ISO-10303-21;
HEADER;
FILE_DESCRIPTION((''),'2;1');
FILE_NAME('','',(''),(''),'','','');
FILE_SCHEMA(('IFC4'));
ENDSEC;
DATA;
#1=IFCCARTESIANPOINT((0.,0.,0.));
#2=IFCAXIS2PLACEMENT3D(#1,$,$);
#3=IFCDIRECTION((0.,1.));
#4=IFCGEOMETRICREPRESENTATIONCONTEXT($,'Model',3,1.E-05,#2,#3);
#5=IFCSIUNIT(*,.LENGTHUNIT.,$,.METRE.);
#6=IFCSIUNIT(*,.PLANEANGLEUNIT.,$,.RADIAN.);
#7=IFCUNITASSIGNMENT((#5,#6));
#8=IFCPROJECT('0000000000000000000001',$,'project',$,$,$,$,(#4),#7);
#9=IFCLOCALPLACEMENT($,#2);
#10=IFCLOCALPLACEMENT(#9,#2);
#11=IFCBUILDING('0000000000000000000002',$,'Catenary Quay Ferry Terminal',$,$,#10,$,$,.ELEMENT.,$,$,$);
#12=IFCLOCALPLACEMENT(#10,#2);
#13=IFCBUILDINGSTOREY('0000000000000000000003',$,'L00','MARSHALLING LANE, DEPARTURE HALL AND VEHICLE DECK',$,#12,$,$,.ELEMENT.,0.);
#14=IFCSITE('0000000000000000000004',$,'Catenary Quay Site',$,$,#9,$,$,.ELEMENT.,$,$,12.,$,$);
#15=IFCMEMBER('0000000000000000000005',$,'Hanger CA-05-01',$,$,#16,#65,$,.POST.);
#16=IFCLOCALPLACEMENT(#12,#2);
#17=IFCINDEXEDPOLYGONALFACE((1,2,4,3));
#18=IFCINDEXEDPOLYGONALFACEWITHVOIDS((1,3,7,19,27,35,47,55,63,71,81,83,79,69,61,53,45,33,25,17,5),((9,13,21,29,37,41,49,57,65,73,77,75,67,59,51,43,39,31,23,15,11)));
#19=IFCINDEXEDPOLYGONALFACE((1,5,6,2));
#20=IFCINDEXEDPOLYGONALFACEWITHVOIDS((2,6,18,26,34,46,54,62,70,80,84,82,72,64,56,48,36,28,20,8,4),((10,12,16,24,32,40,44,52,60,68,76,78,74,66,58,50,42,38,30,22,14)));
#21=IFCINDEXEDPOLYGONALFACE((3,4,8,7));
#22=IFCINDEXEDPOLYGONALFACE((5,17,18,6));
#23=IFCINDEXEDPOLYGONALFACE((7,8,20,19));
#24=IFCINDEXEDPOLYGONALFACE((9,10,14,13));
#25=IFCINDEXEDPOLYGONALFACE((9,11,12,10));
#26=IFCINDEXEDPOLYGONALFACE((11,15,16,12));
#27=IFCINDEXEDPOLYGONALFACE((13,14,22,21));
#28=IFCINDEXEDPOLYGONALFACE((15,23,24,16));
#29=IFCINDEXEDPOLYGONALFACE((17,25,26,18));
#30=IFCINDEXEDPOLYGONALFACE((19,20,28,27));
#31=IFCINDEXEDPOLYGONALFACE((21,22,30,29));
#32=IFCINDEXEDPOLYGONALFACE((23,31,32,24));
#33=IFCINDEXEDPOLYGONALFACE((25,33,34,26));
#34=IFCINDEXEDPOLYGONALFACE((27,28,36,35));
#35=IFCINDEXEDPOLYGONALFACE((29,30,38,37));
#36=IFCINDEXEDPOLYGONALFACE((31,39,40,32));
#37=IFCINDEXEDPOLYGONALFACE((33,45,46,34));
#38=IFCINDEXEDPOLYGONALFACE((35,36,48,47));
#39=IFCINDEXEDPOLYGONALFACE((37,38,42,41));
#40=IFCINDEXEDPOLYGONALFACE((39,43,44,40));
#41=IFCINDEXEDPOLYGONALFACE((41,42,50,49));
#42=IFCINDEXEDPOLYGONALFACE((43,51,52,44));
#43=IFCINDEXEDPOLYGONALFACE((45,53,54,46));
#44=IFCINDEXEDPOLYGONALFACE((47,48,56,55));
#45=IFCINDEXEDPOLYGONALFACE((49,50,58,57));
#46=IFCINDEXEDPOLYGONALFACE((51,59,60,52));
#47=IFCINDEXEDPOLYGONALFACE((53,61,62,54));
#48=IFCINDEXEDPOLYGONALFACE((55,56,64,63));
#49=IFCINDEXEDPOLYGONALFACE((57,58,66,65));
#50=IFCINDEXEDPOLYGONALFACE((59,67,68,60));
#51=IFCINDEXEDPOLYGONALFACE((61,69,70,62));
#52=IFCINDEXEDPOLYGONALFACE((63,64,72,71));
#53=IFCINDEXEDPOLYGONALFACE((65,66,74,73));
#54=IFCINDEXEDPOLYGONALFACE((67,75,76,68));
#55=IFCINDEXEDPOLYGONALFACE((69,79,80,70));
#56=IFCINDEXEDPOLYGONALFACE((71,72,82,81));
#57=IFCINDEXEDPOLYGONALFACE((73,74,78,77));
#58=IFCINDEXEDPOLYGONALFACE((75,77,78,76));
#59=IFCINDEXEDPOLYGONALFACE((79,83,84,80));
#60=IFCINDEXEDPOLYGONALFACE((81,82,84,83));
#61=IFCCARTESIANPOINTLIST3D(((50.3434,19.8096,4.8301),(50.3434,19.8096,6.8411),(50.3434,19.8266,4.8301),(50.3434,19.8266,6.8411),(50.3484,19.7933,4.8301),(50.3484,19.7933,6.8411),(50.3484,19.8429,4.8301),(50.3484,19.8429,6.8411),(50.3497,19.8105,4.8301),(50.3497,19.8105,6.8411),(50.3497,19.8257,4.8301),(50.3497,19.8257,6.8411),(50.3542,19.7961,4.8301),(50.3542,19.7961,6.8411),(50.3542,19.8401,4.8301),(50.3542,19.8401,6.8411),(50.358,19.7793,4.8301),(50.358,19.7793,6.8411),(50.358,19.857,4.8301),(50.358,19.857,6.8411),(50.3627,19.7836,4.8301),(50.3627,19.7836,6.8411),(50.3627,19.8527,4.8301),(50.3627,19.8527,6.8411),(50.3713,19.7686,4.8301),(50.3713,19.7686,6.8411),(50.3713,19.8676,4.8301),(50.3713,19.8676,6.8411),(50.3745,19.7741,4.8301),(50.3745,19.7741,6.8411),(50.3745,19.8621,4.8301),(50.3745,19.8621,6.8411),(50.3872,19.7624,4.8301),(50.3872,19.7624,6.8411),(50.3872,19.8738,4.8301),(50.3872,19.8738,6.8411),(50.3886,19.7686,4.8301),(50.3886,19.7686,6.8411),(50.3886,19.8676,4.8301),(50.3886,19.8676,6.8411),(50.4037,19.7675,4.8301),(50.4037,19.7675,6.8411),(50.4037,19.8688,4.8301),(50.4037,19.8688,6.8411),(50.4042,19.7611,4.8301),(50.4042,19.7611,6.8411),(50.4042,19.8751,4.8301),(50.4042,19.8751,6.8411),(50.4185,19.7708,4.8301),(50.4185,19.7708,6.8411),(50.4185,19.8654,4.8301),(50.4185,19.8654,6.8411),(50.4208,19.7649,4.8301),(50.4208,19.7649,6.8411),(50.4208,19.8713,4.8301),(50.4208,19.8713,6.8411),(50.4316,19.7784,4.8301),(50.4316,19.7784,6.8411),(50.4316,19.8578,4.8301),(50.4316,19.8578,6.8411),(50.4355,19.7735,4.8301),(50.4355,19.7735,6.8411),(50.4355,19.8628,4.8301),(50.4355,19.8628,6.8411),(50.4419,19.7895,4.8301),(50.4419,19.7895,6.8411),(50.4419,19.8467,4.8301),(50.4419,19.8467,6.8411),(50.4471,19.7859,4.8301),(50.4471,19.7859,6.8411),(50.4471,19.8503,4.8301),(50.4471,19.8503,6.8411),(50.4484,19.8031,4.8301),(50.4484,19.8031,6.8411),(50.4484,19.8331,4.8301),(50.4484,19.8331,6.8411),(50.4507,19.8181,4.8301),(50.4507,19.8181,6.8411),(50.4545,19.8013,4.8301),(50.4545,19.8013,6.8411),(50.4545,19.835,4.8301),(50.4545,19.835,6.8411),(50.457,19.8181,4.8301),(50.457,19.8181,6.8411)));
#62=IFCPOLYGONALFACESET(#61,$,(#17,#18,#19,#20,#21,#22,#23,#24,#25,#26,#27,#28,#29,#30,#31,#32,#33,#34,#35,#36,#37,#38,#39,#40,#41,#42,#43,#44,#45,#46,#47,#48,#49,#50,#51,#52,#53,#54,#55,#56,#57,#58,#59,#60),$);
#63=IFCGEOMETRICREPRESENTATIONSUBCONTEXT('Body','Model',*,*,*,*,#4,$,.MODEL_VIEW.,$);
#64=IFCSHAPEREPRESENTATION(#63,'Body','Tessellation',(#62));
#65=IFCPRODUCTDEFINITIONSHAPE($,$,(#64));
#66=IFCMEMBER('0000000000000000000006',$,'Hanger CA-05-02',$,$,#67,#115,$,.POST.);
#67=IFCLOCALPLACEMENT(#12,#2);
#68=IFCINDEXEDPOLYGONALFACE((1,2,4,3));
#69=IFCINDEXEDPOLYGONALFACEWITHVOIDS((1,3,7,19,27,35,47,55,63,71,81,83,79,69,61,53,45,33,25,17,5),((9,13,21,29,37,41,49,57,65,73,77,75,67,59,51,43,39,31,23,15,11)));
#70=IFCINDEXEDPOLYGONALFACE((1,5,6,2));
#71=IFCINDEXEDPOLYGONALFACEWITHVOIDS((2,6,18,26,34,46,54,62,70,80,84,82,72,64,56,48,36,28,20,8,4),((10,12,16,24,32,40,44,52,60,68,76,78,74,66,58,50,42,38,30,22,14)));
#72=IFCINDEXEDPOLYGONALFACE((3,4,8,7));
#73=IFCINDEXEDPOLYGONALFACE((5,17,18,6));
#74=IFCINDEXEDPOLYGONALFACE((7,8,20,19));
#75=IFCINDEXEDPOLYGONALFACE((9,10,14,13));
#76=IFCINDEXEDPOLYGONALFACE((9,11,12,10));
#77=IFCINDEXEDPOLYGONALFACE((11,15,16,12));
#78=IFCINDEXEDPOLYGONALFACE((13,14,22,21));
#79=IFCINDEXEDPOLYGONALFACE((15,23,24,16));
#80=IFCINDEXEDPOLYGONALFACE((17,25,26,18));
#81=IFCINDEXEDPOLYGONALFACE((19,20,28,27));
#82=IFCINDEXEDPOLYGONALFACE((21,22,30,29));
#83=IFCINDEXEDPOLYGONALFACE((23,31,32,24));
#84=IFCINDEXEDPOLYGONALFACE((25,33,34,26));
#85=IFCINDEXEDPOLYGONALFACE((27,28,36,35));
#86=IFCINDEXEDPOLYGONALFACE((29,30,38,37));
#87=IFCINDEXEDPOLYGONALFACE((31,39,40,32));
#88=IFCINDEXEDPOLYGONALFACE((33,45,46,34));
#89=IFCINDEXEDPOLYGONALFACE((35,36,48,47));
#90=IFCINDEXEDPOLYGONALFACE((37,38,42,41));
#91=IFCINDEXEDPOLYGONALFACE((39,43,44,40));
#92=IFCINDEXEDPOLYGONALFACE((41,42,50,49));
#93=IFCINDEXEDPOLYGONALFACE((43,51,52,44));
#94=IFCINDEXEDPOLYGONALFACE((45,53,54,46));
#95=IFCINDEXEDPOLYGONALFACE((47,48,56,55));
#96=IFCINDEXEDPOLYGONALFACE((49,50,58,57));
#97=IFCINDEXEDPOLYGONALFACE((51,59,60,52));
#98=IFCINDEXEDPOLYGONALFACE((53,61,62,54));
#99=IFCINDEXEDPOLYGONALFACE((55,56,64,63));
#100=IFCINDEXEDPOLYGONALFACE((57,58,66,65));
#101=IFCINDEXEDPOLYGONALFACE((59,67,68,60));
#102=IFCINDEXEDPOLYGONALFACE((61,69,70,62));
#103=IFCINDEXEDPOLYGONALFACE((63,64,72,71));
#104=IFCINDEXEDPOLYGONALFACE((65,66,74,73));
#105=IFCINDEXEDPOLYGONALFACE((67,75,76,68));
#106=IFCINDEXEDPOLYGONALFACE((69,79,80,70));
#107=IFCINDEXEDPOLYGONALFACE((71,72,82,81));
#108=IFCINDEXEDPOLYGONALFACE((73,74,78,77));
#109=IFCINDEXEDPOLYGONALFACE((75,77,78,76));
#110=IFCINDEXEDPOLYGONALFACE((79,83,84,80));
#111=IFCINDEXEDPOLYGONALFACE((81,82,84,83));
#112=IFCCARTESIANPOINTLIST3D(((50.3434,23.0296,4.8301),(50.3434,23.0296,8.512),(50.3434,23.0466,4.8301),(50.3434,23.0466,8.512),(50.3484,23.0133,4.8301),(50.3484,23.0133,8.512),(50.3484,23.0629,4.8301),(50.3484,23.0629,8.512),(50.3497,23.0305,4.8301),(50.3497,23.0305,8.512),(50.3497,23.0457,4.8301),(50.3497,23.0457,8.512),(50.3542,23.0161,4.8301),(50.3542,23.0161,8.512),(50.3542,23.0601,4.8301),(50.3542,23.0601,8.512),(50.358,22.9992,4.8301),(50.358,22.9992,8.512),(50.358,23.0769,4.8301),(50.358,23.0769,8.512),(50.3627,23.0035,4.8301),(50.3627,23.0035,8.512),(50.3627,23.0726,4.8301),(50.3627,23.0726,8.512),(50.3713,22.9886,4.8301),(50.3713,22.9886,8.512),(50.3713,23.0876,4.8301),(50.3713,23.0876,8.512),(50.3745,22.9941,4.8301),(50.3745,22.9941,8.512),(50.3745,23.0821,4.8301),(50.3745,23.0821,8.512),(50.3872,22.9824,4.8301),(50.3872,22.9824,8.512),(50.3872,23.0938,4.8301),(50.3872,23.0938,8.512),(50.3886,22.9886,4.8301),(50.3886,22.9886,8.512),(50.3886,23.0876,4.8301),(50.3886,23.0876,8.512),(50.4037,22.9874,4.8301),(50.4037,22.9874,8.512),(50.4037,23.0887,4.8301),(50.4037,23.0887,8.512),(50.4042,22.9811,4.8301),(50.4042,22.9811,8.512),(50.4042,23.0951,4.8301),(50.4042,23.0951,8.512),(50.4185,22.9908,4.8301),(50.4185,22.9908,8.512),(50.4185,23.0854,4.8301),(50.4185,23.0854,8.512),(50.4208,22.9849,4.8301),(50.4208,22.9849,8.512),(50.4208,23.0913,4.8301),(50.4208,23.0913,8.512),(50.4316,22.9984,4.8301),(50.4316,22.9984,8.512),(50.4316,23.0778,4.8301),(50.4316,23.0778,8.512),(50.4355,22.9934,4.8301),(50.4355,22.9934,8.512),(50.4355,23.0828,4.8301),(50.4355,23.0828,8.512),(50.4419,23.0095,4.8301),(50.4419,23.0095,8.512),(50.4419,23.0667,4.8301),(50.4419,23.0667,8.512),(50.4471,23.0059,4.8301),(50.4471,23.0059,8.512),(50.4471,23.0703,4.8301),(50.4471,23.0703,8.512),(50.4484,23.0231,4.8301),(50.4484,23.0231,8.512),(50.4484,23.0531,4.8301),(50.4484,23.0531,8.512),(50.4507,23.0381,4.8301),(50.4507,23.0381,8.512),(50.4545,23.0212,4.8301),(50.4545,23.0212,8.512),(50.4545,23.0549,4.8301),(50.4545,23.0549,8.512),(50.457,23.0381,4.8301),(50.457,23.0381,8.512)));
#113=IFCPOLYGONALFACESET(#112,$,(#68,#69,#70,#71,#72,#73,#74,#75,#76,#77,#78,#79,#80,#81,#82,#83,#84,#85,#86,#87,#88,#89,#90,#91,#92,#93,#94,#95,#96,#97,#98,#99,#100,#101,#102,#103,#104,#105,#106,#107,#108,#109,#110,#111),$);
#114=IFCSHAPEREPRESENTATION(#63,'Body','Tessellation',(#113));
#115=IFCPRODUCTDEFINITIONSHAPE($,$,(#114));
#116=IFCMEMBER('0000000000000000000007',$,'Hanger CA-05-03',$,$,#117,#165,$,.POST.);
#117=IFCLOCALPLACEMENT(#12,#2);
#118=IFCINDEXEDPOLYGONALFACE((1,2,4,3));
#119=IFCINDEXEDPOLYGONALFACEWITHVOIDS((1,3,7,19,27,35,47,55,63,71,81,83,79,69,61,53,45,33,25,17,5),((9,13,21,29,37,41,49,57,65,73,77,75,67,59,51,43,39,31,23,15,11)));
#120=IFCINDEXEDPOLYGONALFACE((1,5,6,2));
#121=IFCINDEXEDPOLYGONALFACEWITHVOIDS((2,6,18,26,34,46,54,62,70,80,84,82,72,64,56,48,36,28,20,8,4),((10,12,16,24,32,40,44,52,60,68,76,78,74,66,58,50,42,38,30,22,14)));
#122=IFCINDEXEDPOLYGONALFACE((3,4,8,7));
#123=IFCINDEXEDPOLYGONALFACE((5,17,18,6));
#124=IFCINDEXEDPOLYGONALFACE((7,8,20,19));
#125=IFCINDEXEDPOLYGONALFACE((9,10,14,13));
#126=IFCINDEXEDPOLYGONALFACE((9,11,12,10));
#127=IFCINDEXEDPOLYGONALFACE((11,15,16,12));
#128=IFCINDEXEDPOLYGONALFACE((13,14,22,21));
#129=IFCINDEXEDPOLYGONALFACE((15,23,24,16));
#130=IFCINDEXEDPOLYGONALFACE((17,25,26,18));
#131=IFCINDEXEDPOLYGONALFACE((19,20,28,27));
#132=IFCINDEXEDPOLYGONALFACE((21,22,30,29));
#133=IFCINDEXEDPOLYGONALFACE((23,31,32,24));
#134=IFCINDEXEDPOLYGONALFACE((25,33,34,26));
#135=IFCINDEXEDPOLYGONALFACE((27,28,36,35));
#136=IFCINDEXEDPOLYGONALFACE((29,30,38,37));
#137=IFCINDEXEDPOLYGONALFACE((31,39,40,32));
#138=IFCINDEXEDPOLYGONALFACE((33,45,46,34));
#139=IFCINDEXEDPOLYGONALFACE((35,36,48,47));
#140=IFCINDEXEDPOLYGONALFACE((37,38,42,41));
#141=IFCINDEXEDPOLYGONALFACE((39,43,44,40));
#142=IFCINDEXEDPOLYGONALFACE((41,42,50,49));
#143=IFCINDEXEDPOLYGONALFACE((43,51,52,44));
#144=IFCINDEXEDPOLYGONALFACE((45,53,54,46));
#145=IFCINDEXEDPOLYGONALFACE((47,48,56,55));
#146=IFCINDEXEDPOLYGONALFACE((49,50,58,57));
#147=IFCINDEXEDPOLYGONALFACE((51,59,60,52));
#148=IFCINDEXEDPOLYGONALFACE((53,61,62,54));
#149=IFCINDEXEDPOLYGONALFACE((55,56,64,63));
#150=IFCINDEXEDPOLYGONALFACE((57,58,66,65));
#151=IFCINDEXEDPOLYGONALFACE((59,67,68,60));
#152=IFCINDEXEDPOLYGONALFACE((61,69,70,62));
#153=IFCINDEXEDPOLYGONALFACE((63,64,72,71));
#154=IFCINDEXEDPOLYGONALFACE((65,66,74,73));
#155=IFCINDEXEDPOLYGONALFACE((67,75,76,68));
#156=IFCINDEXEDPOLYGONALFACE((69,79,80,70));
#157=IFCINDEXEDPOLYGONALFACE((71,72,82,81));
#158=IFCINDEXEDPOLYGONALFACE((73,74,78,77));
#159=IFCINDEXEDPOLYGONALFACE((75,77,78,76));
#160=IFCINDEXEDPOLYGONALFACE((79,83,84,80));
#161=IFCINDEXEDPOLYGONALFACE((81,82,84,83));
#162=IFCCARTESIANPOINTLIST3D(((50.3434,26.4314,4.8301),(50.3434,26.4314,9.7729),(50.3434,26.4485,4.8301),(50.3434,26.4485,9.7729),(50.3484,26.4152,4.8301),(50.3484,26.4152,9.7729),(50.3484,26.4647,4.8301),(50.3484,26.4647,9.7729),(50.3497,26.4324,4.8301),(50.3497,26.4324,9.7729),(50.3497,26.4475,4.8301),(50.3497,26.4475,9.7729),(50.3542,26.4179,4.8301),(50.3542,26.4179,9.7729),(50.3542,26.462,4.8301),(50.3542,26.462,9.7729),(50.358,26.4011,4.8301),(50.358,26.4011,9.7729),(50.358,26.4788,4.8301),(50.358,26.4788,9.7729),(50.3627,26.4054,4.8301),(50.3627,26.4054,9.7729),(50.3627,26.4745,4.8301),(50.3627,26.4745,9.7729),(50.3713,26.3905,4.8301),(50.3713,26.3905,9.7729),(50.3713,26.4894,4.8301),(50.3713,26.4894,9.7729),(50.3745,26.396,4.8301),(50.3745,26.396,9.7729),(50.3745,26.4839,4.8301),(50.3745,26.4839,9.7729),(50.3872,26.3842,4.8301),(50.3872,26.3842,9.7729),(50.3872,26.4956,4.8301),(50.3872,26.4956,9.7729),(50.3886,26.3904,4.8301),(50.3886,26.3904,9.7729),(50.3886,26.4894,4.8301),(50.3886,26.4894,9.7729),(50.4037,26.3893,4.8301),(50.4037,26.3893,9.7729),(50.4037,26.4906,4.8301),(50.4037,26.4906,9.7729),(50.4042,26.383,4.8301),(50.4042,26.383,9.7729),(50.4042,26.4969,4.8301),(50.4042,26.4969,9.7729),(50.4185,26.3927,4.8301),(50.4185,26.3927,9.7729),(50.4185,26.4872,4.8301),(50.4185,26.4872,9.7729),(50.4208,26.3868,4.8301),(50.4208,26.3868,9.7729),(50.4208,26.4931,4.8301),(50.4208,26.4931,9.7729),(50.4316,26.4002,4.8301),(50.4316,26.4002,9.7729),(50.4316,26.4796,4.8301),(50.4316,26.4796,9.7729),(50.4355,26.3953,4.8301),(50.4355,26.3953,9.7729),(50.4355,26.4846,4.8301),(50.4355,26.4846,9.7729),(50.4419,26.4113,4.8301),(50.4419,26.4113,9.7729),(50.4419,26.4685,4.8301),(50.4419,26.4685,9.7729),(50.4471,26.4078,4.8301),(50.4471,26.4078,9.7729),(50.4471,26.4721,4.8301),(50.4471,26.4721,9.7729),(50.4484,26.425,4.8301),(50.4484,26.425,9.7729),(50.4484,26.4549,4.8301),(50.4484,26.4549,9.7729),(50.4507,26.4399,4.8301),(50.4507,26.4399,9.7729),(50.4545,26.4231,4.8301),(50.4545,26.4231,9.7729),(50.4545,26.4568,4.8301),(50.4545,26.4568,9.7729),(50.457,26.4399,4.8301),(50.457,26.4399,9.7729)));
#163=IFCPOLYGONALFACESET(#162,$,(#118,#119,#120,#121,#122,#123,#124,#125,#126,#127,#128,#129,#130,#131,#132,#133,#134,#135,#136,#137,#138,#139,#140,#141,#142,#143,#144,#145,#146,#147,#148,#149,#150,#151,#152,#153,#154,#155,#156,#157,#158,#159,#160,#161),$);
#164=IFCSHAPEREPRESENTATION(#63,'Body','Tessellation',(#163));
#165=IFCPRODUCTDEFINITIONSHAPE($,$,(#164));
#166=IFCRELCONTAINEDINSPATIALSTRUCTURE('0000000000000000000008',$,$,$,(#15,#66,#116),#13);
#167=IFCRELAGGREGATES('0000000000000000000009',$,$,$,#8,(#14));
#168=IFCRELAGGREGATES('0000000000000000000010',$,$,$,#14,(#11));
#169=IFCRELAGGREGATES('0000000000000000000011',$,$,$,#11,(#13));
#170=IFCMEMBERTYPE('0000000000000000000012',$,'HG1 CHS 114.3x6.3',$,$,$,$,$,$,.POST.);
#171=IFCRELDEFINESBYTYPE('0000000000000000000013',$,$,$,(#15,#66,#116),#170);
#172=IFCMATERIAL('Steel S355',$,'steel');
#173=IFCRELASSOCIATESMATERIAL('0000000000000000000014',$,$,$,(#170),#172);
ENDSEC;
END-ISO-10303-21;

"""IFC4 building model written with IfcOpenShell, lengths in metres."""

from ifc_helpers import new_model, si_unit, direction, frame, origin, origin_2d, place, context, subcontext, project, spatial, hollow_circle, extrude, material, material_profile, profile_set, type_object, element, save


model = new_model("IFC4")

# Units and contexts
model_context = context("Model", 3, precision=1e-05, world=origin(), true_north=direction((0.0, 1.0)))
body_context = subcontext(model_context, "Body", "Model", "MODEL_VIEW")
ifc_project = project(units=[si_unit("LENGTHUNIT", "METRE"), si_unit("PLANEANGLEUNIT", "RADIAN")], contexts=[model_context])

# Site, building, storey
site_placement = place(None, origin())
site = spatial("IfcSite", under=ifc_project, at=site_placement, Name="Catenary Quay Site", CompositionType="ELEMENT", RefElevation=12.0)
building_placement = place(site_placement, origin())
building = spatial("IfcBuilding", under=site, at=building_placement, Name="Catenary Quay Ferry Terminal", CompositionType="ELEMENT")
storey_placement = place(building_placement, origin())
storey = spatial("IfcBuildingStorey", under=building, at=storey_placement, Name="L00", Description="MARSHALLING LANE, DEPARTURE HALL AND VEHICLE DECK", CompositionType="ELEMENT", Elevation=0.0)

# Members
ifc_material_1 = material(Name="Steel S355", Category="steel")
ifc_material_profile_1 = material_profile(ifc_material_1, hollow_circle(Radius=0.0571, WallThickness=0.0063, at=origin_2d()), Name="CHS 114.3x6.3")
ifc_profile_set_1 = profile_set([ifc_material_profile_1], Name="Steel S355")
member_type_1 = type_object("IfcMemberType", Name="HG1 CHS 114.3x6.3", PredefinedType="POST", material=ifc_profile_set_1)
member_1_placement = place(storey_placement, frame((50.3999, 19.8181, 4.8301), z_axis=(0.0, 0.0, 1.0), x_axis=(1.0, 0.0, 0.0)))
element("IfcMember", 1, at=member_1_placement, inside=storey, type_object=member_type_1, Name="Hanger CA-05-01", PredefinedType="POST", context=body_context, shape_type="SweptSolid", body=[
    extrude(hollow_circle(Radius=0.0571, WallThickness=0.0063, at=origin_2d()), origin(), (0.0, 0.0, 1.0), 2.011),
])
member_2_placement = place(storey_placement, frame((50.3999, 23.0381, 4.8301), z_axis=(0.0, 0.0, 1.0), x_axis=(1.0, 0.0, 0.0)))
element("IfcMember", 2, at=member_2_placement, inside=storey, type_object=member_type_1, Name="Hanger CA-05-02", PredefinedType="POST", context=body_context, shape_type="SweptSolid", body=[
    extrude(hollow_circle(Radius=0.0571, WallThickness=0.0063, at=origin_2d()), origin(), (0.0, 0.0, 1.0), 3.6819),
])
member_3_placement = place(storey_placement, frame((50.3999, 26.4399, 4.8301), z_axis=(0.0, 0.0, 1.0), x_axis=(1.0, 0.0, 0.0)))
element("IfcMember", 3, at=member_3_placement, inside=storey, type_object=member_type_1, Name="Hanger CA-05-03", PredefinedType="POST", context=body_context, shape_type="SweptSolid", body=[
    extrude(hollow_circle(Radius=0.0571, WallThickness=0.0063, at=origin_2d()), origin(), (0.0, 0.0, 1.0), 4.9429),
])

save(model, "model.ifc")
